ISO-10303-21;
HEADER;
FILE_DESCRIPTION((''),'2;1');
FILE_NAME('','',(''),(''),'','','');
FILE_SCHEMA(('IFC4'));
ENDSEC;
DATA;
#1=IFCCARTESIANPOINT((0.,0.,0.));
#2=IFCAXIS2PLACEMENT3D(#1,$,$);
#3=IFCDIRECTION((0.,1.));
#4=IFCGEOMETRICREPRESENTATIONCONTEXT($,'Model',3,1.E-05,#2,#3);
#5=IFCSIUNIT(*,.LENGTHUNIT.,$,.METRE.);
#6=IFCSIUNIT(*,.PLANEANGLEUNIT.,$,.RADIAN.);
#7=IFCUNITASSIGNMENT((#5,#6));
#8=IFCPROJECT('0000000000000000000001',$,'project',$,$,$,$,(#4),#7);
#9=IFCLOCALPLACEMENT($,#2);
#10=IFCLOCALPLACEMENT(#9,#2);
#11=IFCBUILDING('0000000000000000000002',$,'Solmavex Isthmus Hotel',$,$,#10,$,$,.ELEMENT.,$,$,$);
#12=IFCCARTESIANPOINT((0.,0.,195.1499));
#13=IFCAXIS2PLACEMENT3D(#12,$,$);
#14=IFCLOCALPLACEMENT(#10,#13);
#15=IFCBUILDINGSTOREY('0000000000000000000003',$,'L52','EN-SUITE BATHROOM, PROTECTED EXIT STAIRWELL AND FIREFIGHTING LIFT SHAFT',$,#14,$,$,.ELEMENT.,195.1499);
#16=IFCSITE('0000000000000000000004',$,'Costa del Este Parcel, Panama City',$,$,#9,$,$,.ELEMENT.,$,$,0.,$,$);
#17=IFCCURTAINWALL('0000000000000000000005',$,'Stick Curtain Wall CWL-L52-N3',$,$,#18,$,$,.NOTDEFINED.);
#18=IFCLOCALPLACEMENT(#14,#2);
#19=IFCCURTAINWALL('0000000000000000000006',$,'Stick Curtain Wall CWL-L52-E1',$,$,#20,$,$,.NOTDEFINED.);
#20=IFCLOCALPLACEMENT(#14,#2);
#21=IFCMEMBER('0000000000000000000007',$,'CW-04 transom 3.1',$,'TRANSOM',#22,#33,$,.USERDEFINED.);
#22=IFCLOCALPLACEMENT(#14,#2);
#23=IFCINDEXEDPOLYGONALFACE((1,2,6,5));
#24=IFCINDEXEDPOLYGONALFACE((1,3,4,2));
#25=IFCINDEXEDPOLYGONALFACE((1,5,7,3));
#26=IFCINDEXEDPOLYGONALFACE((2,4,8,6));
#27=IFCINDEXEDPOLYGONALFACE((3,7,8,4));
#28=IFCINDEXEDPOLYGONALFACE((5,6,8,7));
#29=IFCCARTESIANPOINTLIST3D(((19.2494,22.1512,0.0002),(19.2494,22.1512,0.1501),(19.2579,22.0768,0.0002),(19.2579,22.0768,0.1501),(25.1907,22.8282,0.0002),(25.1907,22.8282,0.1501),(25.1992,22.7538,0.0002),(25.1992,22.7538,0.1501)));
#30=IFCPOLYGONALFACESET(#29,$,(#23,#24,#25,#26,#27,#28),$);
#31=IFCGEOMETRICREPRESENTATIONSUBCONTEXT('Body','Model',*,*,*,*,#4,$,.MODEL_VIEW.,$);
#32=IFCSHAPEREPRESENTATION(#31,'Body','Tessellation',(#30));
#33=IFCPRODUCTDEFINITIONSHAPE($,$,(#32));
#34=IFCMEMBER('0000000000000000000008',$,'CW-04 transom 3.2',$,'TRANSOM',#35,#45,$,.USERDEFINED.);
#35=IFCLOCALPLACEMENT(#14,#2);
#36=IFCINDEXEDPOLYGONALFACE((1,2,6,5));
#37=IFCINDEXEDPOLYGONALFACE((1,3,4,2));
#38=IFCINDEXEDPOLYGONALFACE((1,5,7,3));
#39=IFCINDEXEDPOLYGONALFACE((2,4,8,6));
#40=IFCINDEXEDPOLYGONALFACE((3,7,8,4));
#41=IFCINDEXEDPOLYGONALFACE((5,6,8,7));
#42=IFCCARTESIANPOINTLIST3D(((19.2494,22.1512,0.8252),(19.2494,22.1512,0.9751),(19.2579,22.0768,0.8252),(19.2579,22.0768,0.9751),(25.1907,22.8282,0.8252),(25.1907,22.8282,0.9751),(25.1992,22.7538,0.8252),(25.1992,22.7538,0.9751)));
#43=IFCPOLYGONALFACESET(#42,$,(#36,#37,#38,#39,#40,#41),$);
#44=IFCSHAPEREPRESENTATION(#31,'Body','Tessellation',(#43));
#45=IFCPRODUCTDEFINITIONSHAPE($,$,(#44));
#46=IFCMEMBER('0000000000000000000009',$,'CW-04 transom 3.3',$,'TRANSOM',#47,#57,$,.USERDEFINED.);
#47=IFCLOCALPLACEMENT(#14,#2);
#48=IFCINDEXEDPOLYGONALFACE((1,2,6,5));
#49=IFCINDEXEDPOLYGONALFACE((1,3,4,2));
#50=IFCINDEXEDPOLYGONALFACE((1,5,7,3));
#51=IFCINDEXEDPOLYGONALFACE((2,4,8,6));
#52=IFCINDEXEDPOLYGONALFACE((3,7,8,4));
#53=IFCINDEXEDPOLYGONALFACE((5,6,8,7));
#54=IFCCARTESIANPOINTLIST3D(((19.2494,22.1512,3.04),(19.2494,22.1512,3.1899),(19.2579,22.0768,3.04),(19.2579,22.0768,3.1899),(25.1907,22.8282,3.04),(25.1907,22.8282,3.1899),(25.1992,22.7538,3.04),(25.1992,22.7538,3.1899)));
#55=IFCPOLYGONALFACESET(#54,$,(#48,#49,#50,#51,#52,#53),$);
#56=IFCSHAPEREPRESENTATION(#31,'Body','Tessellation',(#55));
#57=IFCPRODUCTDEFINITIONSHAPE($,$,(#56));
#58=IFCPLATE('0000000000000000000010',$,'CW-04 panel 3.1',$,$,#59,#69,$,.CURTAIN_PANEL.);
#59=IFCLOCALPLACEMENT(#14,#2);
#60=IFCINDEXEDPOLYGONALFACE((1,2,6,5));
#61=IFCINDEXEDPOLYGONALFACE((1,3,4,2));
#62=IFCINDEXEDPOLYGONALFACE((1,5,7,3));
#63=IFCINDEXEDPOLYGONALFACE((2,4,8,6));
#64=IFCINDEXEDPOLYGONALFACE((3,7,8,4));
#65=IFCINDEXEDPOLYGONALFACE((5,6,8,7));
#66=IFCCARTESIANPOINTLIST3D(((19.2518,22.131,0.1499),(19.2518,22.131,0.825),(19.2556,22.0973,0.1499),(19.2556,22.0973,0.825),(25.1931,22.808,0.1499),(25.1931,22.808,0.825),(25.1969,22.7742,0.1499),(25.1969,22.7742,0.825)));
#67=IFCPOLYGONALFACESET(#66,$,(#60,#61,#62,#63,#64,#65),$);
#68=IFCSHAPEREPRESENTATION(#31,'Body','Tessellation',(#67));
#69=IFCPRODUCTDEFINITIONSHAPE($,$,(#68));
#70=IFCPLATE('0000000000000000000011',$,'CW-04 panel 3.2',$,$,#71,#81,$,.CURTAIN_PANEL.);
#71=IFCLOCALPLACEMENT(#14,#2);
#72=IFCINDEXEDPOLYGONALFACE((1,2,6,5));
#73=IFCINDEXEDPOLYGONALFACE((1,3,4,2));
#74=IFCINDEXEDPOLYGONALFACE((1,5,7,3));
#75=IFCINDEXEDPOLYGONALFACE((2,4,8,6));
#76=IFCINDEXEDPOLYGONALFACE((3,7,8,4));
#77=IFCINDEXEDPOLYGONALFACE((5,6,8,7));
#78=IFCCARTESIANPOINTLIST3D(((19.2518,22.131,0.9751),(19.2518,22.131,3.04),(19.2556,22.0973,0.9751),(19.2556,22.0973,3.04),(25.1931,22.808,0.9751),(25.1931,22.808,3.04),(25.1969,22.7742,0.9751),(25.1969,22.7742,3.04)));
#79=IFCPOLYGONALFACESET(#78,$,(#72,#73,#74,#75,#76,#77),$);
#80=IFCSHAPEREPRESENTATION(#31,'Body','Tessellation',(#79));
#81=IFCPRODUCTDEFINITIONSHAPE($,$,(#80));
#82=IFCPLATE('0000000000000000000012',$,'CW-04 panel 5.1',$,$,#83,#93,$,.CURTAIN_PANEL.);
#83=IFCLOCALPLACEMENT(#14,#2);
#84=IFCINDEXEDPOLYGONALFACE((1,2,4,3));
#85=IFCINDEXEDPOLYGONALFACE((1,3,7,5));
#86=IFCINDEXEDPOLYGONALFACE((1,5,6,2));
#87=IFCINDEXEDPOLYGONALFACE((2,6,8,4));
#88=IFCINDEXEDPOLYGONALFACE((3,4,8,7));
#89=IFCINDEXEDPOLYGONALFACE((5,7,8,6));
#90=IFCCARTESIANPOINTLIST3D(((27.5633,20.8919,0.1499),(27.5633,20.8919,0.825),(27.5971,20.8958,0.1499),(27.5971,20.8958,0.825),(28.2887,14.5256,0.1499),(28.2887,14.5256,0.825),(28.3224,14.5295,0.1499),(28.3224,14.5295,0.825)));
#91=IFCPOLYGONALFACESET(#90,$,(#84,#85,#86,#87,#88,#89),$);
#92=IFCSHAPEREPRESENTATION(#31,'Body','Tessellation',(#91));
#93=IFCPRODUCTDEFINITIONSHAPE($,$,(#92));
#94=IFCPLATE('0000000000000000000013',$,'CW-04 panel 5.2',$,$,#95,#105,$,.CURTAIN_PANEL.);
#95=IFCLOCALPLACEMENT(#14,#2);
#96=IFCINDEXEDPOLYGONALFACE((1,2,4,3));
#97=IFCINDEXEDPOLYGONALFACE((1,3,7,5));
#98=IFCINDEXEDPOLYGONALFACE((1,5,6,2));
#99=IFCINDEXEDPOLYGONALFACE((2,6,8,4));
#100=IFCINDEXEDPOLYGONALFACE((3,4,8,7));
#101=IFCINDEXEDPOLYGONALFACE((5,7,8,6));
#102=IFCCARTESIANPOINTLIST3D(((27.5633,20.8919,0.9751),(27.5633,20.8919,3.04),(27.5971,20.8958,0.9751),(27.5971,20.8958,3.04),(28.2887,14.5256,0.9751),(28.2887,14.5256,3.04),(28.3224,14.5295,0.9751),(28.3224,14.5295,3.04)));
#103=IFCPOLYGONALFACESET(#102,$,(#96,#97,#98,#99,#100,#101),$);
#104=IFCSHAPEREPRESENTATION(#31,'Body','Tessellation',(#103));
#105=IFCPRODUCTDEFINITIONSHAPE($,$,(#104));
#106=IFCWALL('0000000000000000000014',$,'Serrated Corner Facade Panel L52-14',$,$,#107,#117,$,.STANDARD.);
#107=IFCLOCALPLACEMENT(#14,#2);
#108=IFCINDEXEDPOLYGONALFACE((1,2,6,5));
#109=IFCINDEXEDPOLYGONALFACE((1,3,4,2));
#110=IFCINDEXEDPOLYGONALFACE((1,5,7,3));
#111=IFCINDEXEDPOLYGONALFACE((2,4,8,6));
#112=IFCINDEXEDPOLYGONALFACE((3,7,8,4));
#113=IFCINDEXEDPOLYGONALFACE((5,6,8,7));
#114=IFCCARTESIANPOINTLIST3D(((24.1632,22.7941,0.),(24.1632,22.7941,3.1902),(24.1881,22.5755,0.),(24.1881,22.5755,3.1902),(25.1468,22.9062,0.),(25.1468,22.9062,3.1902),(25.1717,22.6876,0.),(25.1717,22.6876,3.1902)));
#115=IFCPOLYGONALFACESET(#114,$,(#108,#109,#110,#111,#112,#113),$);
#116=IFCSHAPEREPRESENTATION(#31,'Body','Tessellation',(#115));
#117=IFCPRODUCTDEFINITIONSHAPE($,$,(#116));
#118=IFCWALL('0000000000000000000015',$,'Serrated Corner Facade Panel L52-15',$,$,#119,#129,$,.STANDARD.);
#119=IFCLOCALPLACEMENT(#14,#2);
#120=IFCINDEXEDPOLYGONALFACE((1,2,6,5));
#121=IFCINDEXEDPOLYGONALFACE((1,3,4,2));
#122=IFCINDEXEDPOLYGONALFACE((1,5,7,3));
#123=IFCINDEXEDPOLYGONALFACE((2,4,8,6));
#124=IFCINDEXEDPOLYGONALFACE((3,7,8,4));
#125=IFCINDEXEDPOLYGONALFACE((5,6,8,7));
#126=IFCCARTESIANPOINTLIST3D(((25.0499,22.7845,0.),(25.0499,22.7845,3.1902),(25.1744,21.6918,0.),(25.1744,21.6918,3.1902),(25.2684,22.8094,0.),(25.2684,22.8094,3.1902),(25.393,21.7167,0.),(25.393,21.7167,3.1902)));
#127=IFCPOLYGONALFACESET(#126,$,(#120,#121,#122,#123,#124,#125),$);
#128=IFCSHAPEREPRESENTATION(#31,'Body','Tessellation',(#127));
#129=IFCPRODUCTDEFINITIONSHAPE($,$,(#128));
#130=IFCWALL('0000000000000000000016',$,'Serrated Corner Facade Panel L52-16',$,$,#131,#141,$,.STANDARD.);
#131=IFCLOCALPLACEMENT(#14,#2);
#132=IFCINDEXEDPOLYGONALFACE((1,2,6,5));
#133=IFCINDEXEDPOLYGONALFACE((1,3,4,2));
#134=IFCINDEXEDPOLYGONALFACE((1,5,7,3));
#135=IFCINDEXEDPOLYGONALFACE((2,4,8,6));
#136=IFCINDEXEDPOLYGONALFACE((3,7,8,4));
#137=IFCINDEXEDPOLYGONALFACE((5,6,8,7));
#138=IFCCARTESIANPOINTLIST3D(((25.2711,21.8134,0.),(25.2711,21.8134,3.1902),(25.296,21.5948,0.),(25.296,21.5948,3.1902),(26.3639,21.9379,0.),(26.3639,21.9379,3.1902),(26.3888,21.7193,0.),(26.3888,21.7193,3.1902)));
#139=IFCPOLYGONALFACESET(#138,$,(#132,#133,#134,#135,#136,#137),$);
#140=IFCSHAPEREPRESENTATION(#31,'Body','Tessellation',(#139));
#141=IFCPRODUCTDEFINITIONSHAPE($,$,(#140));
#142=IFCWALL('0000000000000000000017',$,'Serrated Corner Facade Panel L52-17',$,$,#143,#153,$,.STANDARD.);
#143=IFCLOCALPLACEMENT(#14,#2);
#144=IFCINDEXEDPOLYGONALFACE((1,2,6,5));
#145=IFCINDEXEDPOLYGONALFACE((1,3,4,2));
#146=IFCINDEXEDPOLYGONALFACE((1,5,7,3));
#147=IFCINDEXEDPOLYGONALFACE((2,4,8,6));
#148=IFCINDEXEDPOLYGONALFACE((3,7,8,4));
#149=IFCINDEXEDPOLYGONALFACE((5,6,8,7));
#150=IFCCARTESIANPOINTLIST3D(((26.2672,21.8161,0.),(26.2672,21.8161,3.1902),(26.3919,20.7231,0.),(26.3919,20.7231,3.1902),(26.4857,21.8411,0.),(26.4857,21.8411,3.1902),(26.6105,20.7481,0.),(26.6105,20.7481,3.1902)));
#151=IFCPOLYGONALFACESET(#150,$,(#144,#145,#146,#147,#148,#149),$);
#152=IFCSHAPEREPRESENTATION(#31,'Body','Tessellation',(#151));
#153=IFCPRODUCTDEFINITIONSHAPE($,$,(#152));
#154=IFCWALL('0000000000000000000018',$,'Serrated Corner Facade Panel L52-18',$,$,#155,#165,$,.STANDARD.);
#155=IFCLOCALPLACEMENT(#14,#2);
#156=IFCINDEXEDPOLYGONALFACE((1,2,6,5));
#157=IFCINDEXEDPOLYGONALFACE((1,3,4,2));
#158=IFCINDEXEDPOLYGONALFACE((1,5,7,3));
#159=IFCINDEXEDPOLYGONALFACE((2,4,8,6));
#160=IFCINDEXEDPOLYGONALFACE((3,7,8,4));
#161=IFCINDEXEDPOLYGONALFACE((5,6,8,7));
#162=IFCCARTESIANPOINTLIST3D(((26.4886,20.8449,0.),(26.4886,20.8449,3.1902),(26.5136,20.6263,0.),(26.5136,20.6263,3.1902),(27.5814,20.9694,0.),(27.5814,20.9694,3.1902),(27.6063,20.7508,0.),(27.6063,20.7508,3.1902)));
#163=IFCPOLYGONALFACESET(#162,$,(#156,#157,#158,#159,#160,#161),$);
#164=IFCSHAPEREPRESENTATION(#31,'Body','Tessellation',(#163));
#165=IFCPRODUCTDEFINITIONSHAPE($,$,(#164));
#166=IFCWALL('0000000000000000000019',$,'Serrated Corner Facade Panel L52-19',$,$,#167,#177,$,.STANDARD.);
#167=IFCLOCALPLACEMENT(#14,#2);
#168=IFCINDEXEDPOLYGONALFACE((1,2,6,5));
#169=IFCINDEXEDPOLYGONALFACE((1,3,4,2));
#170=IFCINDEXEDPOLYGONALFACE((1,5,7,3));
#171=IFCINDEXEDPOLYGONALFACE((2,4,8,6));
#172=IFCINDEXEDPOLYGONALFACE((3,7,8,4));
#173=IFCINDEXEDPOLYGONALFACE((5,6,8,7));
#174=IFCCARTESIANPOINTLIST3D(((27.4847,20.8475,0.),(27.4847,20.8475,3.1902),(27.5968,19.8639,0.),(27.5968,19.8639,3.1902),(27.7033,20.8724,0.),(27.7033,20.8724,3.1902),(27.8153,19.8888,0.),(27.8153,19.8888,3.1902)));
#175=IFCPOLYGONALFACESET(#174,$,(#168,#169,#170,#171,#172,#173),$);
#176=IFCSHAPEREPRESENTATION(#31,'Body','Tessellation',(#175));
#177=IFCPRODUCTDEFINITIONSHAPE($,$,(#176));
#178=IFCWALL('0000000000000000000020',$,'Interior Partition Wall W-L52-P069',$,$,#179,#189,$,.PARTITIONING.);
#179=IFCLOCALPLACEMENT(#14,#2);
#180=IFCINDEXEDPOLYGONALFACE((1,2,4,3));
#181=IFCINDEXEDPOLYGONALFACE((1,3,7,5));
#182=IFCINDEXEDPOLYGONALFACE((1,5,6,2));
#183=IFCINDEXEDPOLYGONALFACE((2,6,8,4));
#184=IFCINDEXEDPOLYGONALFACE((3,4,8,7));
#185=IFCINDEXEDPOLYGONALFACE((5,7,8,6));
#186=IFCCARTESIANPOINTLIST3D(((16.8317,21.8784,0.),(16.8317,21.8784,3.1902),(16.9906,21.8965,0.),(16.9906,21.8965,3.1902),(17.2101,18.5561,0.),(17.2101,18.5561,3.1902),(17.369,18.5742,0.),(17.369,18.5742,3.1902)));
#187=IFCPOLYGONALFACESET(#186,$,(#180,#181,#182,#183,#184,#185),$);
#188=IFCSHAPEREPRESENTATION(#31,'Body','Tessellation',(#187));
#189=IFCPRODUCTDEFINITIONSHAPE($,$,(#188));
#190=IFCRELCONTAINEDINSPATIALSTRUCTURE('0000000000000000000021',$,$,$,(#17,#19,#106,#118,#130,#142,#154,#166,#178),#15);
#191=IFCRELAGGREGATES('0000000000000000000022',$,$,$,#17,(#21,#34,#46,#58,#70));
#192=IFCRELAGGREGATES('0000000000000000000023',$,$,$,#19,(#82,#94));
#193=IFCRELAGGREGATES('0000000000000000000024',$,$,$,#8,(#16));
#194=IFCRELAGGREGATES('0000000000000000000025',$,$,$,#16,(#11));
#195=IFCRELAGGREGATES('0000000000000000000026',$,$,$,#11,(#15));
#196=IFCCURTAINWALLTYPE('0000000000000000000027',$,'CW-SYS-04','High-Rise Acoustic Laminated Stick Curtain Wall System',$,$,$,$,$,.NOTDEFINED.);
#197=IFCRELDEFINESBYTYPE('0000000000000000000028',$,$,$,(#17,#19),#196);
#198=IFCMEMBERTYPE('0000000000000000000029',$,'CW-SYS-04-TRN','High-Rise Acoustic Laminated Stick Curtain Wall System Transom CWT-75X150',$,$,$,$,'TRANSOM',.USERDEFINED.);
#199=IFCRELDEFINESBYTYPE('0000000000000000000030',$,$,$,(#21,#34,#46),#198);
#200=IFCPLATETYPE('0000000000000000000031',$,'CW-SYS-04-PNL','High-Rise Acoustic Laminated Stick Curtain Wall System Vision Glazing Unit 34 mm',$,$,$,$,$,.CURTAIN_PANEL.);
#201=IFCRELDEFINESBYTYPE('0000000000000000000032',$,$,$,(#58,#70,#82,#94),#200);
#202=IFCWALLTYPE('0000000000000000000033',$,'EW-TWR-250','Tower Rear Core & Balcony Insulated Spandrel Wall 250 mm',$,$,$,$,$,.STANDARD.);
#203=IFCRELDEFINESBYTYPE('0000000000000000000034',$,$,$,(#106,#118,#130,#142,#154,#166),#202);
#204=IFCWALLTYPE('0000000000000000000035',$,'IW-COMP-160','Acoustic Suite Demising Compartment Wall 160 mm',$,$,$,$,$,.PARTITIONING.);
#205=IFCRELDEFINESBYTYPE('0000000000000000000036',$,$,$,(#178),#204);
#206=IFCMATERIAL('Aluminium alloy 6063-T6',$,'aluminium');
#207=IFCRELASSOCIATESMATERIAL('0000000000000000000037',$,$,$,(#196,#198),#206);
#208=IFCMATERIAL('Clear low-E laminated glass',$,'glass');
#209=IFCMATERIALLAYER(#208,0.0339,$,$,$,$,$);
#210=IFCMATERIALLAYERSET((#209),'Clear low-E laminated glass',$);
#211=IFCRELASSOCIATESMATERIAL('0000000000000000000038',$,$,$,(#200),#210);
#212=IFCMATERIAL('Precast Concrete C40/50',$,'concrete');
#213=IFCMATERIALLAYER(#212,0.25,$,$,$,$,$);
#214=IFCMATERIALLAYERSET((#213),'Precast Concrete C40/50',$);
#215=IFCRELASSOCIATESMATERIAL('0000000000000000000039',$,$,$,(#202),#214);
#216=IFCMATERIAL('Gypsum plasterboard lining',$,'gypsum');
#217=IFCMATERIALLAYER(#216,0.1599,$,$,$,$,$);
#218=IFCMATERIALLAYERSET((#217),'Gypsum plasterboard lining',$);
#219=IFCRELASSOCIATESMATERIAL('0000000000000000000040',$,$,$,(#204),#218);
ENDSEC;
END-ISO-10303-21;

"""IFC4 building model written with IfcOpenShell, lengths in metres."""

from ifc_helpers import new_model, si_unit, direction, frame, frame_2d, origin, origin_2d, place, context, subcontext, project, spatial, rectangle, extrude, material, layer, layer_set, material_profile, profile_set, type_object, element, aggregate, save


model = new_model("IFC4")

# Units and contexts
model_context = context("Model", 3, precision=1e-05, world=origin(), true_north=direction((0.0, 1.0)))
body_context = subcontext(model_context, "Body", "Model", "MODEL_VIEW")
ifc_project = project(units=[si_unit("LENGTHUNIT", "METRE"), si_unit("PLANEANGLEUNIT", "RADIAN")], contexts=[model_context])

# Site, building, storey
site_placement = place(None, origin())
site = spatial("IfcSite", under=ifc_project, at=site_placement, Name="Costa del Este Parcel, Panama City", CompositionType="ELEMENT", RefElevation=0.0)
building_placement = place(site_placement, origin())
building = spatial("IfcBuilding", under=site, at=building_placement, Name="Solmavex Isthmus Hotel", CompositionType="ELEMENT")
storey_placement = place(building_placement, frame((0.0, 0.0, 195.1499)))
storey = spatial("IfcBuildingStorey", under=building, at=storey_placement, Name="L52", Description="EN-SUITE BATHROOM, PROTECTED EXIT STAIRWELL AND FIREFIGHTING LIFT SHAFT", CompositionType="ELEMENT", Elevation=195.1499)

# Curtain wall
ifc_material_1 = material(Name="Aluminium alloy 6063-T6", Category="aluminium")
curtain_wall_type = type_object("IfcCurtainWallType", Name="CW-SYS-04", Description="High-Rise Acoustic Laminated Stick Curtain Wall System", PredefinedType="NOTDEFINED", material=ifc_material_1)
curtain_wall_1_placement = place(storey_placement, origin())
curtain_wall_1 = element("IfcCurtainWall", 1, at=curtain_wall_1_placement, inside=storey, type_object=curtain_wall_type, Name="Stick Curtain Wall CWL-L52-N3", PredefinedType="NOTDEFINED")

# Curtain wall
curtain_wall_2_placement = place(storey_placement, origin())
curtain_wall_2 = element("IfcCurtainWall", 2, at=curtain_wall_2_placement, inside=storey, type_object=curtain_wall_type, Name="Stick Curtain Wall CWL-L52-E1", PredefinedType="NOTDEFINED")

# Members
ifc_material_profile_1 = material_profile(ifc_material_1, rectangle(XDim=0.075, YDim=0.1499, at=origin_2d()), Name="CWT-75X150")
ifc_profile_set_1 = profile_set([ifc_material_profile_1], Name="Aluminium alloy 6063-T6")
member_type_1 = type_object("IfcMemberType", Name="CW-SYS-04-TRN", Description="High-Rise Acoustic Laminated Stick Curtain Wall System Transom CWT-75X150", ElementType="TRANSOM", PredefinedType="USERDEFINED", material=ifc_profile_set_1)
member_1_placement = place(storey_placement, frame((19.2537, 22.114, 0.0752), z_axis=(0.993571, 0.113214, 0.0), x_axis=(-0.113214, 0.993571, 0.0)))
member_1 = element("IfcMember", 3, at=member_1_placement, type_object=member_type_1, Name="CW-04 transom 3.1", ObjectType="TRANSOM", PredefinedType="USERDEFINED", context=body_context, shape_type="SweptSolid", body=[
    extrude(rectangle(XDim=0.075, YDim=0.1499, at=origin_2d()), origin(), (0.0, 0.0, 1.0), 5.9797),
])
member_2_placement = place(storey_placement, frame((19.2537, 22.114, 0.9001), z_axis=(0.993571, 0.113214, 0.0), x_axis=(-0.113214, 0.993571, 0.0)))
member_2 = element("IfcMember", 4, at=member_2_placement, type_object=member_type_1, Name="CW-04 transom 3.2", ObjectType="TRANSOM", PredefinedType="USERDEFINED", context=body_context, shape_type="SweptSolid", body=[
    extrude(rectangle(XDim=0.075, YDim=0.1499, at=origin_2d()), origin(), (0.0, 0.0, 1.0), 5.9797),
])
member_3_placement = place(storey_placement, frame((19.2537, 22.114, 3.115), z_axis=(0.993571, 0.113214, 0.0), x_axis=(-0.113214, 0.993571, 0.0)))
member_3 = element("IfcMember", 5, at=member_3_placement, type_object=member_type_1, Name="CW-04 transom 3.3", ObjectType="TRANSOM", PredefinedType="USERDEFINED", context=body_context, shape_type="SweptSolid", body=[
    extrude(rectangle(XDim=0.075, YDim=0.1499, at=origin_2d()), origin(), (0.0, 0.0, 1.0), 5.9797),
])

# Plates
ifc_material_2 = material(Name="Clear low-E laminated glass", Category="glass")
ifc_layer_1 = layer(ifc_material_2, 0.0339)
ifc_layer_set_1 = layer_set([ifc_layer_1], Name="Clear low-E laminated glass")
plate_type = type_object("IfcPlateType", Name="CW-SYS-04-PNL", Description="High-Rise Acoustic Laminated Stick Curtain Wall System Vision Glazing Unit 34 mm", PredefinedType="CURTAIN_PANEL", material=ifc_layer_set_1)
plate_1_placement = place(storey_placement, frame((22.2244, 22.4526, 0.1499), z_axis=(0.0, 0.0, 1.0), x_axis=(0.993572, 0.113203, 0.0)))
plate_1 = element("IfcPlate", 6, at=plate_1_placement, type_object=plate_type, Name="CW-04 panel 3.1", PredefinedType="CURTAIN_PANEL", context=body_context, shape_type="SweptSolid", body=[
    extrude(rectangle(XDim=5.9797, YDim=0.0339, at=origin_2d()), origin(), (0.0, 0.0, 1.0), 0.675),
])
plate_2_placement = place(storey_placement, frame((22.2244, 22.4526, 0.9751), z_axis=(0.0, 0.0, 1.0), x_axis=(0.993572, 0.113203, 0.0)))
plate_2 = element("IfcPlate", 7, at=plate_2_placement, type_object=plate_type, Name="CW-04 panel 3.2", PredefinedType="CURTAIN_PANEL", context=body_context, shape_type="SweptSolid", body=[
    extrude(rectangle(XDim=5.9797, YDim=0.0339, at=origin_2d()), origin(), (0.0, 0.0, 1.0), 2.0649),
])
aggregate(curtain_wall_1, [member_1, member_2, member_3, plate_1, plate_2])
plate_3_placement = place(storey_placement, frame((27.9429, 17.7107, 0.1499), z_axis=(0.0, 0.0, 1.0), x_axis=(-0.113203, 0.993572, 0.0)))
plate_3 = element("IfcPlate", 8, at=plate_3_placement, type_object=plate_type, Name="CW-04 panel 5.1", PredefinedType="CURTAIN_PANEL", context=body_context, shape_type="SweptSolid", body=[
    extrude(rectangle(XDim=6.4075, YDim=0.0339, at=origin_2d()), origin(), (0.0, 0.0, 1.0), 0.675),
])
plate_4_placement = place(storey_placement, frame((27.9429, 17.7107, 0.9751), z_axis=(0.0, 0.0, 1.0), x_axis=(-0.113203, 0.993572, 0.0)))
plate_4 = element("IfcPlate", 9, at=plate_4_placement, type_object=plate_type, Name="CW-04 panel 5.2", PredefinedType="CURTAIN_PANEL", context=body_context, shape_type="SweptSolid", body=[
    extrude(rectangle(XDim=6.4075, YDim=0.0339, at=origin_2d()), origin(), (0.0, 0.0, 1.0), 2.0649),
])
aggregate(curtain_wall_2, [plate_3, plate_4])

# Walls
ifc_material_3 = material(Name="Precast Concrete C40/50", Category="concrete")
ifc_layer_2 = layer(ifc_material_3, 0.25)
ifc_layer_set_2 = layer_set([ifc_layer_2], Name="Precast Concrete C40/50")
wall_type_1 = type_object("IfcWallType", Name="EW-TWR-250", Description="Tower Rear Core & Balcony Insulated Spandrel Wall 250 mm", PredefinedType="STANDARD", material=ifc_layer_set_2)
wall_1_placement = place(storey_placement, frame((24.1755, 22.6848, 0.0), z_axis=(0.0, 0.0, 1.0), x_axis=(0.993573, 0.113192, 0.0)))
element("IfcWall", 10, at=wall_1_placement, inside=storey, type_object=wall_type_1, Name="Serrated Corner Facade Panel L52-14", PredefinedType="STANDARD", context=body_context, shape_type="SweptSolid", body=[
    extrude(rectangle(XDim=0.99, YDim=0.22, at=frame_2d((0.4951, 0.0))), origin(), (0.0, 0.0, 1.0), 3.1902),
])
for number, where, z_axis, x_axis, name in (
    (11, (25.1592, 22.7969, 0.0), (0.0, 0.0, 1.0), (0.113209, -0.993571, 0.0), "Serrated Corner Facade Panel L52-15"),
    (12, (25.2837, 21.7041, 0.0), (0.0, 0.0, 1.0), (0.993571, 0.113209, 0.0), "Serrated Corner Facade Panel L52-16"),
):
    element("IfcWall", number, at=place(storey_placement, frame(where, z_axis=z_axis, x_axis=x_axis)), inside=storey, type_object=wall_type_1, Name=name, PredefinedType="STANDARD", context=body_context, shape_type="SweptSolid", body=[
        extrude(rectangle(XDim=1.0999, YDim=0.22, at=frame_2d((0.5498, 0.0))), origin(), (0.0, 0.0, 1.0), 3.1902),
    ])
wall_2_placement = place(storey_placement, frame((26.3765, 21.8286, 0.0), z_axis=(0.0, 0.0, 1.0), x_axis=(0.113403, -0.993549, 0.0)))
element("IfcWall", 13, at=wall_2_placement, inside=storey, type_object=wall_type_1, Name="Serrated Corner Facade Panel L52-17", PredefinedType="STANDARD", context=body_context, shape_type="SweptSolid", body=[
    extrude(rectangle(XDim=1.1001, YDim=0.22, at=frame_2d((0.55, 0.0))), origin(), (0.0, 0.0, 1.0), 3.1902),
])
wall_3_placement = place(storey_placement, frame((26.5012, 20.7356, 0.0), z_axis=(0.0, 0.0, 1.0), x_axis=(0.993571, 0.113209, 0.0)))
element("IfcWall", 14, at=wall_3_placement, inside=storey, type_object=wall_type_1, Name="Serrated Corner Facade Panel L52-18", PredefinedType="STANDARD", context=body_context, shape_type="SweptSolid", body=[
    extrude(rectangle(XDim=1.0999, YDim=0.22, at=frame_2d((0.5498, 0.0))), origin(), (0.0, 0.0, 1.0), 3.1902),
])
wall_4_placement = place(storey_placement, frame((27.594, 20.8601, 0.0), z_axis=(0.0, 0.0, 1.0), x_axis=(0.113192, -0.993573, 0.0)))
element("IfcWall", 15, at=wall_4_placement, inside=storey, type_object=wall_type_1, Name="Serrated Corner Facade Panel L52-19", PredefinedType="STANDARD", context=body_context, shape_type="SweptSolid", body=[
    extrude(rectangle(XDim=0.99, YDim=0.22, at=frame_2d((0.4951, 0.0))), origin(), (0.0, 0.0, 1.0), 3.1902),
])
ifc_material_4 = material(Name="Gypsum plasterboard lining", Category="gypsum")
ifc_layer_3 = layer(ifc_material_4, 0.1599)
ifc_layer_set_3 = layer_set([ifc_layer_3], Name="Gypsum plasterboard lining")
wall_type_2 = type_object("IfcWallType", Name="IW-COMP-160", Description="Acoustic Suite Demising Compartment Wall 160 mm", PredefinedType="PARTITIONING", material=ifc_layer_set_3)
wall_5_placement = place(storey_placement, frame((16.9111, 21.8875, 0.0), z_axis=(0.0, 0.0, 1.0), x_axis=(0.113172, -0.993575, 0.0)))
element("IfcWall", 16, at=wall_5_placement, inside=storey, type_object=wall_type_2, Name="Interior Partition Wall W-L52-P069", PredefinedType="PARTITIONING", context=body_context, shape_type="SweptSolid", body=[
    extrude(rectangle(XDim=3.3438, YDim=0.1599, at=frame_2d((1.6719, 0.0))), origin(), (0.0, 0.0, 1.0), 3.1902),
])

save(model, "model.ifc")
